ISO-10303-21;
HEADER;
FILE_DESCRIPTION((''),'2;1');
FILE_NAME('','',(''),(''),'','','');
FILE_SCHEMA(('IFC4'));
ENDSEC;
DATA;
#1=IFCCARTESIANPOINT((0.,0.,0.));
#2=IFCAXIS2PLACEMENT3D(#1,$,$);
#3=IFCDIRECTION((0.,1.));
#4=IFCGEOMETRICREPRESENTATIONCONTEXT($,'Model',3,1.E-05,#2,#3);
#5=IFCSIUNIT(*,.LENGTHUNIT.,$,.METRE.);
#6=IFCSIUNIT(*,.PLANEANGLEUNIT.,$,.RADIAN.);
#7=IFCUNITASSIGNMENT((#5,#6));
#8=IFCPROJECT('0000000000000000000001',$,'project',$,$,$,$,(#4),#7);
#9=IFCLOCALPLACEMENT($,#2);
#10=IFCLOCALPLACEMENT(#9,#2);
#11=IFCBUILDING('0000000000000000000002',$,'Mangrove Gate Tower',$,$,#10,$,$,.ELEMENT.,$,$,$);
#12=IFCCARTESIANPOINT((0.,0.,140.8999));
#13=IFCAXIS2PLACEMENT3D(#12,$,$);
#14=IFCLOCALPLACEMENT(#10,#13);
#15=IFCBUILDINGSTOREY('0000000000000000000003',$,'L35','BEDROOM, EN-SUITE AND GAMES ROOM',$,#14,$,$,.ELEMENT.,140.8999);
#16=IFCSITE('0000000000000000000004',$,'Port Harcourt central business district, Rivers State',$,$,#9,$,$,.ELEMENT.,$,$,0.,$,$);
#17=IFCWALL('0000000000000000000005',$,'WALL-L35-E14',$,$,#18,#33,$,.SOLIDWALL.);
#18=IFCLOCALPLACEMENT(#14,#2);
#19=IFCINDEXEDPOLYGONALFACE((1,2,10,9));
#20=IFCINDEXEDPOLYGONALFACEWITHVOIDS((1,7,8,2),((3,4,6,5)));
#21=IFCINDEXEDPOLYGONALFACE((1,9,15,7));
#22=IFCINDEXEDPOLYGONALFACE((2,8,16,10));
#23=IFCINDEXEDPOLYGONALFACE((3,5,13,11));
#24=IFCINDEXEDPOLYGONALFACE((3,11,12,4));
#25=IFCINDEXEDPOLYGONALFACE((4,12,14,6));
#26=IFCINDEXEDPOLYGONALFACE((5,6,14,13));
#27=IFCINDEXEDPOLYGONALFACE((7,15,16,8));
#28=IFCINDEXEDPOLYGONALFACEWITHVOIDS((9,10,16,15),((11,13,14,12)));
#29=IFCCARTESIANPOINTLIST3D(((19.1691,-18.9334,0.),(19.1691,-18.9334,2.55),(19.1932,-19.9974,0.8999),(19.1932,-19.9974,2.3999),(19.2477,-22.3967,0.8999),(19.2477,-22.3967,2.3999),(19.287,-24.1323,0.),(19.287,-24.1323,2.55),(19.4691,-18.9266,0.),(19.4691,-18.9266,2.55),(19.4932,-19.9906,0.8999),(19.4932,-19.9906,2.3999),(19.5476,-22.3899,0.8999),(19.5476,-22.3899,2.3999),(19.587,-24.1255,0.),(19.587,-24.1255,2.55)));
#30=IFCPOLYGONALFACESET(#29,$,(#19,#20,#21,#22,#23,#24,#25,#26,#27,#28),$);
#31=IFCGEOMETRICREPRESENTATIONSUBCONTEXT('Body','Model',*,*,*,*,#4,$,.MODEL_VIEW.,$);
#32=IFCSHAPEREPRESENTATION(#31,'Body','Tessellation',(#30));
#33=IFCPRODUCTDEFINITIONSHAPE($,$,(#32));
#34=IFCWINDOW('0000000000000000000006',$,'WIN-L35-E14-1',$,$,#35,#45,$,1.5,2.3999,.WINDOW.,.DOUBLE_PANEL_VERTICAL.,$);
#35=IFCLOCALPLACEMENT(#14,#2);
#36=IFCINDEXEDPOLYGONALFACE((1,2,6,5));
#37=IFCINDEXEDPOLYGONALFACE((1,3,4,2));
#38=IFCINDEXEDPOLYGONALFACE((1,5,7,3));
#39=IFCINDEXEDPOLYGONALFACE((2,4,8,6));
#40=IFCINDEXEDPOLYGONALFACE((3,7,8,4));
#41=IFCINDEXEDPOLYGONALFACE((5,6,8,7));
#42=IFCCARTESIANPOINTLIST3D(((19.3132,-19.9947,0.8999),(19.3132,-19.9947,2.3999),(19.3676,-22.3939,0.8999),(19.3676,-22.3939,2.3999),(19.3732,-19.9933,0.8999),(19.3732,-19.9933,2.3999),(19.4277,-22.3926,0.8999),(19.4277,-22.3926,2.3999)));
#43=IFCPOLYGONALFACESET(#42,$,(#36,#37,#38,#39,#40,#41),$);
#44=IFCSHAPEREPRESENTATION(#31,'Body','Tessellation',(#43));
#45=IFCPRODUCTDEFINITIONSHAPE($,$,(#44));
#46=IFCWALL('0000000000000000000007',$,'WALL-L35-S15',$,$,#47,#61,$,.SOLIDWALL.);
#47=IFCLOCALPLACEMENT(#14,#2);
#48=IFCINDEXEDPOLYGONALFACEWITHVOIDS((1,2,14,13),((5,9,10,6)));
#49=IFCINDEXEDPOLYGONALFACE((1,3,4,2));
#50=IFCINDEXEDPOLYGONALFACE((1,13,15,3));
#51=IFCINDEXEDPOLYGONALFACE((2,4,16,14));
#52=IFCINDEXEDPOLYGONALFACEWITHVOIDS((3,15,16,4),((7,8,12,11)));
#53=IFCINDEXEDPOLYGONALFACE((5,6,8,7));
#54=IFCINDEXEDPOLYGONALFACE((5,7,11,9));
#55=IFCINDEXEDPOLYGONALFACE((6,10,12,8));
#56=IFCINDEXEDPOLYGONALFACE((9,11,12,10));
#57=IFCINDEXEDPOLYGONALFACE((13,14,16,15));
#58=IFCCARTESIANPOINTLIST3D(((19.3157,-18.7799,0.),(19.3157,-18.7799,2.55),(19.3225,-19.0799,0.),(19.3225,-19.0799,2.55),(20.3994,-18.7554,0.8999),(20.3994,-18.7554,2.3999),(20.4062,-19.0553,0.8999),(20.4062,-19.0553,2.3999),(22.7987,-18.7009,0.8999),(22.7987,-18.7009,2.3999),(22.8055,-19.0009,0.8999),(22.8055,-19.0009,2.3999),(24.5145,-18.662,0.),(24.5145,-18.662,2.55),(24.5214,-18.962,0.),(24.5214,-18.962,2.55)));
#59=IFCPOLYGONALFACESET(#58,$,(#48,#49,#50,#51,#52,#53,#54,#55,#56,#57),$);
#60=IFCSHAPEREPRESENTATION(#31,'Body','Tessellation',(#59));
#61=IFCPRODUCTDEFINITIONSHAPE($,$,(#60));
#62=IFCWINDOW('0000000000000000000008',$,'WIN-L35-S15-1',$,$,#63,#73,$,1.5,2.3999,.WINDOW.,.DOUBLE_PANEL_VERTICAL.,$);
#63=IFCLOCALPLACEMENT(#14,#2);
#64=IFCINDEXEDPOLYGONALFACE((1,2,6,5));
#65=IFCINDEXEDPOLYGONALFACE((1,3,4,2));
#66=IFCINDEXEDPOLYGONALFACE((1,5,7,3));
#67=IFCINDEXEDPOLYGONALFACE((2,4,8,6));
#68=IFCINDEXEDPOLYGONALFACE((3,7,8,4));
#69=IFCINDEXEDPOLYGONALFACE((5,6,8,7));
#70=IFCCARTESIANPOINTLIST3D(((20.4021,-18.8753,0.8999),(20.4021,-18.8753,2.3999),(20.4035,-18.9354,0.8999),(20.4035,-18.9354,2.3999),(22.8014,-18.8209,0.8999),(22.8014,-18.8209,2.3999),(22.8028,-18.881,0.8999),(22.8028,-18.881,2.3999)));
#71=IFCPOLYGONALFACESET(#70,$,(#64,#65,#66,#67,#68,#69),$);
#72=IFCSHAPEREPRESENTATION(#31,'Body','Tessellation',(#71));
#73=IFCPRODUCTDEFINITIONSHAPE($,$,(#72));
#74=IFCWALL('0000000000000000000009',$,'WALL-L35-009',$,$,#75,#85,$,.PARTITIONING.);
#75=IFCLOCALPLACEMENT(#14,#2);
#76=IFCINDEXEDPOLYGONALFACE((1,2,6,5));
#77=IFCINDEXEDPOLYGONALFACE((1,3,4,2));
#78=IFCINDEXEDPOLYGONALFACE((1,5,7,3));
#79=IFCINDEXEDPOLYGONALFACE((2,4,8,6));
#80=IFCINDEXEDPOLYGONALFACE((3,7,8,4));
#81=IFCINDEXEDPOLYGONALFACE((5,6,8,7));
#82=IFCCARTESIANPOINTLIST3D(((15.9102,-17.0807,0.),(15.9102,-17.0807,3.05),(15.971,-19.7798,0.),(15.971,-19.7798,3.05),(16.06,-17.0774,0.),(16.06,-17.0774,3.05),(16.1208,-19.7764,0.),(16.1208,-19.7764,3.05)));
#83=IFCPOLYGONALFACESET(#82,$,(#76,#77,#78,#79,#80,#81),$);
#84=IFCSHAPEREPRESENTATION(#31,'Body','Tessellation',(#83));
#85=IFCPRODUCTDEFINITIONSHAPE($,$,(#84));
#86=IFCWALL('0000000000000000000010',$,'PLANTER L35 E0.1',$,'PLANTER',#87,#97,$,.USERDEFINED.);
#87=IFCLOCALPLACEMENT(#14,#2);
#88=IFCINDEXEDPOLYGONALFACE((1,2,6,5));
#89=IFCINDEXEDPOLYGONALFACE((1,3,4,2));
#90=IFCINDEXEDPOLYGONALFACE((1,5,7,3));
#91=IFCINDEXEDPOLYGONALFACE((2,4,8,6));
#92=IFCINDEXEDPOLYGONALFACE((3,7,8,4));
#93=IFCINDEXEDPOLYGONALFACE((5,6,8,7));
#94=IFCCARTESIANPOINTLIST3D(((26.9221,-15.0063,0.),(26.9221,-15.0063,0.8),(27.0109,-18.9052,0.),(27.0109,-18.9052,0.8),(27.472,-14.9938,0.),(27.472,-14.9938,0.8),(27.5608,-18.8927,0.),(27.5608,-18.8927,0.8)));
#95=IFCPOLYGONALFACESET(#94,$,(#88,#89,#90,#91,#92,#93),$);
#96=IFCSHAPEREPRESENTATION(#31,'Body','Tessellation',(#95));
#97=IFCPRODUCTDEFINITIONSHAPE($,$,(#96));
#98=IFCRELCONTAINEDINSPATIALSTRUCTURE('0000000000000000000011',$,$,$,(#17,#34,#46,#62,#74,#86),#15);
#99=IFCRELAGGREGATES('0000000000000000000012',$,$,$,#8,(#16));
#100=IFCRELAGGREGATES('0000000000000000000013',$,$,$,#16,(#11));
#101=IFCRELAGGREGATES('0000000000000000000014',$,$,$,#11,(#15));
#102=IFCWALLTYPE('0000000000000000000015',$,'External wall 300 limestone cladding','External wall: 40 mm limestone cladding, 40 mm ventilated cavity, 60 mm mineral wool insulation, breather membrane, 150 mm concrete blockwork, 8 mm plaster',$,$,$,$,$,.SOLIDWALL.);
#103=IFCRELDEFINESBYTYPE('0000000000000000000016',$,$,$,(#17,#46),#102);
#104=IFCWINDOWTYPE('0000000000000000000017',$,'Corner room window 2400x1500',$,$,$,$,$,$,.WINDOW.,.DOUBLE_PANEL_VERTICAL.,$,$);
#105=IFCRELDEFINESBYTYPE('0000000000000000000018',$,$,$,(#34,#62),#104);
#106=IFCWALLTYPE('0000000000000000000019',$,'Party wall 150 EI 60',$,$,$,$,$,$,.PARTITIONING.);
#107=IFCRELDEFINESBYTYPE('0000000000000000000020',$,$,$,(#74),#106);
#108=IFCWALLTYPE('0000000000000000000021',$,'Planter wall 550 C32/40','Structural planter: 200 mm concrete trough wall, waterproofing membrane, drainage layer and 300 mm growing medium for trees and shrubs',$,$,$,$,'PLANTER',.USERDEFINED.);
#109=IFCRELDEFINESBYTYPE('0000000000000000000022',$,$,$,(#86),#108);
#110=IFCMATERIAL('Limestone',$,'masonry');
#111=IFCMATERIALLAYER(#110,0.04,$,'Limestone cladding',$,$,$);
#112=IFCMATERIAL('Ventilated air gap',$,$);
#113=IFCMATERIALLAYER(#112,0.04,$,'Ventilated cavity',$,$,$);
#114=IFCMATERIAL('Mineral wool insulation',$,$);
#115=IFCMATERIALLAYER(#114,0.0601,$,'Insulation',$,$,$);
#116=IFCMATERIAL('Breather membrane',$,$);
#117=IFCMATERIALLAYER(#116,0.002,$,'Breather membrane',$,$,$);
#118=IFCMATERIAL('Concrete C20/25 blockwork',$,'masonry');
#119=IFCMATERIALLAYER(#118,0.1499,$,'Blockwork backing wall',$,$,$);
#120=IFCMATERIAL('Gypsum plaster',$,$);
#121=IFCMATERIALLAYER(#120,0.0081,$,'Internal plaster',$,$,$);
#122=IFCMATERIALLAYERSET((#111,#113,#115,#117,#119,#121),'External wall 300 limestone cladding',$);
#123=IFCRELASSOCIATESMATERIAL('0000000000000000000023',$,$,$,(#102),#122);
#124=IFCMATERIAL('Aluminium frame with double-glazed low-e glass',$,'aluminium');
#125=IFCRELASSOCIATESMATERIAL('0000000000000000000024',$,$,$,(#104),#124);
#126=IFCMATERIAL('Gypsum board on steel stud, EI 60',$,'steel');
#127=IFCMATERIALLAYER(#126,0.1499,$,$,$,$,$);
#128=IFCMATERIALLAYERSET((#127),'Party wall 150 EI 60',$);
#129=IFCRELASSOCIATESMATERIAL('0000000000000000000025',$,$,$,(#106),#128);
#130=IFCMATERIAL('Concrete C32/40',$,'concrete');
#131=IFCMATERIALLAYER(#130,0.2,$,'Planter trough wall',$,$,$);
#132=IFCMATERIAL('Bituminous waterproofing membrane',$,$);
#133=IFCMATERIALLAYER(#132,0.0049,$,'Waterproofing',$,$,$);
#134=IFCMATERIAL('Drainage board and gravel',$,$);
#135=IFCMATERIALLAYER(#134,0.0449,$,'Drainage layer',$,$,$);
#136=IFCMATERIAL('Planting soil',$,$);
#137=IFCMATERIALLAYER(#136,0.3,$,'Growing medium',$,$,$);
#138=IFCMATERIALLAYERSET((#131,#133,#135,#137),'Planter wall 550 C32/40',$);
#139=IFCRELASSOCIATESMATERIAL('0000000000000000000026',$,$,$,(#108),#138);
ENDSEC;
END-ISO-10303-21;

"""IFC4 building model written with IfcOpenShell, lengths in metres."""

from ifc_helpers import new_model, si_unit, direction, frame, frame_2d, origin, place, context, subcontext, project, spatial, rectangle, extrude, material, layer, layer_set, type_object, element, fill, save


model = new_model("IFC4")

# Units and contexts
model_context = context("Model", 3, precision=1e-05, world=origin(), true_north=direction((0.0, 1.0)))
body_context = subcontext(model_context, "Body", "Model", "MODEL_VIEW")
ifc_project = project(units=[si_unit("LENGTHUNIT", "METRE"), si_unit("PLANEANGLEUNIT", "RADIAN")], contexts=[model_context])

# Site, building, storey
site_placement = place(None, origin())
site = spatial("IfcSite", under=ifc_project, at=site_placement, Name="Port Harcourt central business district, Rivers State", CompositionType="ELEMENT", RefElevation=0.0)
building_placement = place(site_placement, origin())
building = spatial("IfcBuilding", under=site, at=building_placement, Name="Mangrove Gate Tower", CompositionType="ELEMENT")
storey_placement = place(building_placement, frame((0.0, 0.0, 140.8999)))
storey = spatial("IfcBuildingStorey", under=building, at=storey_placement, Name="L35", Description="BEDROOM, EN-SUITE AND GAMES ROOM", CompositionType="ELEMENT", Elevation=140.8999)

# Shared definitions
ifc_material_1 = material(Name="Limestone", Category="masonry")
ifc_layer_1 = layer(ifc_material_1, 0.04, Name="Limestone cladding")
ifc_material_2 = material(Name="Ventilated air gap")
ifc_layer_2 = layer(ifc_material_2, 0.04, Name="Ventilated cavity")
ifc_material_3 = material(Name="Mineral wool insulation")
ifc_layer_3 = layer(ifc_material_3, 0.0601, Name="Insulation")
ifc_material_4 = material(Name="Breather membrane")
ifc_layer_4 = layer(ifc_material_4, 0.002, Name="Breather membrane")
ifc_material_5 = material(Name="Concrete C20/25 blockwork", Category="masonry")
ifc_layer_5 = layer(ifc_material_5, 0.1499, Name="Blockwork backing wall")
ifc_material_6 = material(Name="Gypsum plaster")
ifc_layer_6 = layer(ifc_material_6, 0.0081, Name="Internal plaster")
ifc_layer_set_1 = layer_set([ifc_layer_1, ifc_layer_2, ifc_layer_3, ifc_layer_4, ifc_layer_5, ifc_layer_6], Name="External wall 300 limestone cladding")
wall_type_1 = type_object("IfcWallType", Name="External wall 300 limestone cladding", Description="External wall: 40 mm limestone cladding, 40 mm ventilated cavity, 60 mm mineral wool insulation, breather membrane, 150 mm concrete blockwork, 8 mm plaster", PredefinedType="SOLIDWALL", material=ifc_layer_set_1)
ifc_material_7 = material(Name="Aluminium frame with double-glazed low-e glass", Category="aluminium")
window_type_1 = type_object("IfcWindowType", Name="Corner room window 2400x1500", PartitioningType="DOUBLE_PANEL_VERTICAL", PredefinedType="WINDOW", material=ifc_material_7)

# Walls, openings, windows
wall_1_placement = place(storey_placement, frame((19.437, -24.1289, 0.0), z_axis=(0.0, 0.0, 1.0), x_axis=(-0.022676, 0.999743, 0.0)))
wall_1 = element("IfcWall", 1, at=wall_1_placement, inside=storey, type_object=wall_type_1, Name="WALL-L35-E14", PredefinedType="SOLIDWALL", context=body_context, shape_type="SweptSolid", body=[
    extrude(rectangle(XDim=5.2002, YDim=0.3, at=frame_2d((2.6001, 0.0))), origin(), (0.0, 0.0, 1.0), 2.55),
])
opening_1_placement = place(wall_1_placement, frame((1.7361, 0.0, 0.8999)))
opening_1 = element("IfcOpeningElement", 2, at=opening_1_placement, cuts=wall_1, PredefinedType="OPENING", context=body_context, shape_type="SweptSolid", body=[
    extrude(rectangle(XDim=2.3999, YDim=1.5, at=frame_2d((1.2, 0.75))), frame((0.0, 0.1599, 0.0), z_axis=(0.0, -1.0, 0.0), x_axis=(1.0, 0.0, 0.0)), (0.0, 0.0, 1.0), 0.3201),
])
window_1_placement = place(opening_1_placement, origin())
window_1 = element("IfcWindow", 3, at=window_1_placement, inside=storey, type_object=window_type_1, Name="WIN-L35-E14-1", OverallHeight=1.5, OverallWidth=2.3999, PartitioningType="DOUBLE_PANEL_VERTICAL", PredefinedType="WINDOW", context=body_context, shape_type="SweptSolid", body=[
    extrude(rectangle(XDim=2.3999, YDim=1.5, at=frame_2d((1.2, 0.75))), frame((0.0, 0.03, 0.0), z_axis=(0.0, -1.0, 0.0), x_axis=(1.0, 0.0, 0.0)), (0.0, 0.0, 1.0), 0.0601),
])
fill(opening_1, window_1)
wall_2_placement = place(storey_placement, frame((19.3191, -18.9299, 0.0), z_axis=(0.0, 0.0, 1.0), x_axis=(0.999743, 0.022676, 0.0)))
wall_2 = element("IfcWall", 4, at=wall_2_placement, inside=storey, type_object=wall_type_1, Name="WALL-L35-S15", PredefinedType="SOLIDWALL", context=body_context, shape_type="SweptSolid", body=[
    extrude(rectangle(XDim=5.2002, YDim=0.3, at=frame_2d((2.6001, 0.0))), origin(), (0.0, 0.0, 1.0), 2.55),
])
opening_2_placement = place(wall_2_placement, frame((1.084, 0.0, 0.8999)))
opening_2 = element("IfcOpeningElement", 5, at=opening_2_placement, cuts=wall_2, PredefinedType="OPENING", context=body_context, shape_type="SweptSolid", body=[
    extrude(rectangle(XDim=2.3999, YDim=1.5, at=frame_2d((1.2, 0.75))), frame((0.0, 0.1599, 0.0), z_axis=(0.0, -1.0, 0.0), x_axis=(1.0, 0.0, 0.0)), (0.0, 0.0, 1.0), 0.3201),
])
window_2_placement = place(opening_2_placement, origin())
window_2 = element("IfcWindow", 6, at=window_2_placement, inside=storey, type_object=window_type_1, Name="WIN-L35-S15-1", OverallHeight=1.5, OverallWidth=2.3999, PartitioningType="DOUBLE_PANEL_VERTICAL", PredefinedType="WINDOW", context=body_context, shape_type="SweptSolid", body=[
    extrude(rectangle(XDim=2.3999, YDim=1.5, at=frame_2d((1.2, 0.75))), frame((0.0, 0.03, 0.0), z_axis=(0.0, -1.0, 0.0), x_axis=(1.0, 0.0, 0.0)), (0.0, 0.0, 1.0), 0.0601),
])
fill(opening_2, window_2)

# Walls
ifc_material_8 = material(Name="Gypsum board on steel stud, EI 60", Category="steel")
ifc_layer_7 = layer(ifc_material_8, 0.1499)
ifc_layer_set_2 = layer_set([ifc_layer_7], Name="Party wall 150 EI 60")
wall_type_2 = type_object("IfcWallType", Name="Party wall 150 EI 60", PredefinedType="PARTITIONING", material=ifc_layer_set_2)
wall_3_placement = place(storey_placement, frame((16.0459, -19.7781, 0.0), z_axis=(0.0, 0.0, 1.0), x_axis=(-0.022518, 0.999746, 0.0)))
element("IfcWall", 7, at=wall_3_placement, inside=storey, type_object=wall_type_2, Name="WALL-L35-009", PredefinedType="PARTITIONING", context=body_context, shape_type="SweptSolid", body=[
    extrude(rectangle(XDim=2.6997, YDim=0.1499, at=frame_2d((1.3499, 0.0))), origin(), (0.0, 0.0, 1.0), 3.05),
])
ifc_material_9 = material(Name="Concrete C32/40", Category="concrete")
ifc_layer_8 = layer(ifc_material_9, 0.2, Name="Planter trough wall")
ifc_material_10 = material(Name="Bituminous waterproofing membrane")
ifc_layer_9 = layer(ifc_material_10, 0.0049, Name="Waterproofing")
ifc_material_11 = material(Name="Drainage board and gravel")
ifc_layer_10 = layer(ifc_material_11, 0.0449, Name="Drainage layer")
ifc_material_12 = material(Name="Planting soil")
ifc_layer_11 = layer(ifc_material_12, 0.3, Name="Growing medium")
ifc_layer_set_3 = layer_set([ifc_layer_8, ifc_layer_9, ifc_layer_10, ifc_layer_11], Name="Planter wall 550 C32/40")
wall_type_3 = type_object("IfcWallType", Name="Planter wall 550 C32/40", Description="Structural planter: 200 mm concrete trough wall, waterproofing membrane, drainage layer and 300 mm growing medium for trees and shrubs", ElementType="PLANTER", PredefinedType="USERDEFINED", material=ifc_layer_set_3)
wall_4_placement = place(storey_placement, frame((27.2859, -18.8989, 0.0), z_axis=(0.0, 0.0, 1.0), x_axis=(-0.022787, 0.99974, 0.0)))
element("IfcWall", 8, at=wall_4_placement, inside=storey, type_object=wall_type_3, Name="PLANTER L35 E0.1", ObjectType="PLANTER", PredefinedType="USERDEFINED", context=body_context, shape_type="SweptSolid", body=[
    extrude(rectangle(XDim=3.8999, YDim=0.55, at=frame_2d((1.95, 0.0))), origin(), (0.0, 0.0, 1.0), 0.8),
])

save(model, "model.ifc")
